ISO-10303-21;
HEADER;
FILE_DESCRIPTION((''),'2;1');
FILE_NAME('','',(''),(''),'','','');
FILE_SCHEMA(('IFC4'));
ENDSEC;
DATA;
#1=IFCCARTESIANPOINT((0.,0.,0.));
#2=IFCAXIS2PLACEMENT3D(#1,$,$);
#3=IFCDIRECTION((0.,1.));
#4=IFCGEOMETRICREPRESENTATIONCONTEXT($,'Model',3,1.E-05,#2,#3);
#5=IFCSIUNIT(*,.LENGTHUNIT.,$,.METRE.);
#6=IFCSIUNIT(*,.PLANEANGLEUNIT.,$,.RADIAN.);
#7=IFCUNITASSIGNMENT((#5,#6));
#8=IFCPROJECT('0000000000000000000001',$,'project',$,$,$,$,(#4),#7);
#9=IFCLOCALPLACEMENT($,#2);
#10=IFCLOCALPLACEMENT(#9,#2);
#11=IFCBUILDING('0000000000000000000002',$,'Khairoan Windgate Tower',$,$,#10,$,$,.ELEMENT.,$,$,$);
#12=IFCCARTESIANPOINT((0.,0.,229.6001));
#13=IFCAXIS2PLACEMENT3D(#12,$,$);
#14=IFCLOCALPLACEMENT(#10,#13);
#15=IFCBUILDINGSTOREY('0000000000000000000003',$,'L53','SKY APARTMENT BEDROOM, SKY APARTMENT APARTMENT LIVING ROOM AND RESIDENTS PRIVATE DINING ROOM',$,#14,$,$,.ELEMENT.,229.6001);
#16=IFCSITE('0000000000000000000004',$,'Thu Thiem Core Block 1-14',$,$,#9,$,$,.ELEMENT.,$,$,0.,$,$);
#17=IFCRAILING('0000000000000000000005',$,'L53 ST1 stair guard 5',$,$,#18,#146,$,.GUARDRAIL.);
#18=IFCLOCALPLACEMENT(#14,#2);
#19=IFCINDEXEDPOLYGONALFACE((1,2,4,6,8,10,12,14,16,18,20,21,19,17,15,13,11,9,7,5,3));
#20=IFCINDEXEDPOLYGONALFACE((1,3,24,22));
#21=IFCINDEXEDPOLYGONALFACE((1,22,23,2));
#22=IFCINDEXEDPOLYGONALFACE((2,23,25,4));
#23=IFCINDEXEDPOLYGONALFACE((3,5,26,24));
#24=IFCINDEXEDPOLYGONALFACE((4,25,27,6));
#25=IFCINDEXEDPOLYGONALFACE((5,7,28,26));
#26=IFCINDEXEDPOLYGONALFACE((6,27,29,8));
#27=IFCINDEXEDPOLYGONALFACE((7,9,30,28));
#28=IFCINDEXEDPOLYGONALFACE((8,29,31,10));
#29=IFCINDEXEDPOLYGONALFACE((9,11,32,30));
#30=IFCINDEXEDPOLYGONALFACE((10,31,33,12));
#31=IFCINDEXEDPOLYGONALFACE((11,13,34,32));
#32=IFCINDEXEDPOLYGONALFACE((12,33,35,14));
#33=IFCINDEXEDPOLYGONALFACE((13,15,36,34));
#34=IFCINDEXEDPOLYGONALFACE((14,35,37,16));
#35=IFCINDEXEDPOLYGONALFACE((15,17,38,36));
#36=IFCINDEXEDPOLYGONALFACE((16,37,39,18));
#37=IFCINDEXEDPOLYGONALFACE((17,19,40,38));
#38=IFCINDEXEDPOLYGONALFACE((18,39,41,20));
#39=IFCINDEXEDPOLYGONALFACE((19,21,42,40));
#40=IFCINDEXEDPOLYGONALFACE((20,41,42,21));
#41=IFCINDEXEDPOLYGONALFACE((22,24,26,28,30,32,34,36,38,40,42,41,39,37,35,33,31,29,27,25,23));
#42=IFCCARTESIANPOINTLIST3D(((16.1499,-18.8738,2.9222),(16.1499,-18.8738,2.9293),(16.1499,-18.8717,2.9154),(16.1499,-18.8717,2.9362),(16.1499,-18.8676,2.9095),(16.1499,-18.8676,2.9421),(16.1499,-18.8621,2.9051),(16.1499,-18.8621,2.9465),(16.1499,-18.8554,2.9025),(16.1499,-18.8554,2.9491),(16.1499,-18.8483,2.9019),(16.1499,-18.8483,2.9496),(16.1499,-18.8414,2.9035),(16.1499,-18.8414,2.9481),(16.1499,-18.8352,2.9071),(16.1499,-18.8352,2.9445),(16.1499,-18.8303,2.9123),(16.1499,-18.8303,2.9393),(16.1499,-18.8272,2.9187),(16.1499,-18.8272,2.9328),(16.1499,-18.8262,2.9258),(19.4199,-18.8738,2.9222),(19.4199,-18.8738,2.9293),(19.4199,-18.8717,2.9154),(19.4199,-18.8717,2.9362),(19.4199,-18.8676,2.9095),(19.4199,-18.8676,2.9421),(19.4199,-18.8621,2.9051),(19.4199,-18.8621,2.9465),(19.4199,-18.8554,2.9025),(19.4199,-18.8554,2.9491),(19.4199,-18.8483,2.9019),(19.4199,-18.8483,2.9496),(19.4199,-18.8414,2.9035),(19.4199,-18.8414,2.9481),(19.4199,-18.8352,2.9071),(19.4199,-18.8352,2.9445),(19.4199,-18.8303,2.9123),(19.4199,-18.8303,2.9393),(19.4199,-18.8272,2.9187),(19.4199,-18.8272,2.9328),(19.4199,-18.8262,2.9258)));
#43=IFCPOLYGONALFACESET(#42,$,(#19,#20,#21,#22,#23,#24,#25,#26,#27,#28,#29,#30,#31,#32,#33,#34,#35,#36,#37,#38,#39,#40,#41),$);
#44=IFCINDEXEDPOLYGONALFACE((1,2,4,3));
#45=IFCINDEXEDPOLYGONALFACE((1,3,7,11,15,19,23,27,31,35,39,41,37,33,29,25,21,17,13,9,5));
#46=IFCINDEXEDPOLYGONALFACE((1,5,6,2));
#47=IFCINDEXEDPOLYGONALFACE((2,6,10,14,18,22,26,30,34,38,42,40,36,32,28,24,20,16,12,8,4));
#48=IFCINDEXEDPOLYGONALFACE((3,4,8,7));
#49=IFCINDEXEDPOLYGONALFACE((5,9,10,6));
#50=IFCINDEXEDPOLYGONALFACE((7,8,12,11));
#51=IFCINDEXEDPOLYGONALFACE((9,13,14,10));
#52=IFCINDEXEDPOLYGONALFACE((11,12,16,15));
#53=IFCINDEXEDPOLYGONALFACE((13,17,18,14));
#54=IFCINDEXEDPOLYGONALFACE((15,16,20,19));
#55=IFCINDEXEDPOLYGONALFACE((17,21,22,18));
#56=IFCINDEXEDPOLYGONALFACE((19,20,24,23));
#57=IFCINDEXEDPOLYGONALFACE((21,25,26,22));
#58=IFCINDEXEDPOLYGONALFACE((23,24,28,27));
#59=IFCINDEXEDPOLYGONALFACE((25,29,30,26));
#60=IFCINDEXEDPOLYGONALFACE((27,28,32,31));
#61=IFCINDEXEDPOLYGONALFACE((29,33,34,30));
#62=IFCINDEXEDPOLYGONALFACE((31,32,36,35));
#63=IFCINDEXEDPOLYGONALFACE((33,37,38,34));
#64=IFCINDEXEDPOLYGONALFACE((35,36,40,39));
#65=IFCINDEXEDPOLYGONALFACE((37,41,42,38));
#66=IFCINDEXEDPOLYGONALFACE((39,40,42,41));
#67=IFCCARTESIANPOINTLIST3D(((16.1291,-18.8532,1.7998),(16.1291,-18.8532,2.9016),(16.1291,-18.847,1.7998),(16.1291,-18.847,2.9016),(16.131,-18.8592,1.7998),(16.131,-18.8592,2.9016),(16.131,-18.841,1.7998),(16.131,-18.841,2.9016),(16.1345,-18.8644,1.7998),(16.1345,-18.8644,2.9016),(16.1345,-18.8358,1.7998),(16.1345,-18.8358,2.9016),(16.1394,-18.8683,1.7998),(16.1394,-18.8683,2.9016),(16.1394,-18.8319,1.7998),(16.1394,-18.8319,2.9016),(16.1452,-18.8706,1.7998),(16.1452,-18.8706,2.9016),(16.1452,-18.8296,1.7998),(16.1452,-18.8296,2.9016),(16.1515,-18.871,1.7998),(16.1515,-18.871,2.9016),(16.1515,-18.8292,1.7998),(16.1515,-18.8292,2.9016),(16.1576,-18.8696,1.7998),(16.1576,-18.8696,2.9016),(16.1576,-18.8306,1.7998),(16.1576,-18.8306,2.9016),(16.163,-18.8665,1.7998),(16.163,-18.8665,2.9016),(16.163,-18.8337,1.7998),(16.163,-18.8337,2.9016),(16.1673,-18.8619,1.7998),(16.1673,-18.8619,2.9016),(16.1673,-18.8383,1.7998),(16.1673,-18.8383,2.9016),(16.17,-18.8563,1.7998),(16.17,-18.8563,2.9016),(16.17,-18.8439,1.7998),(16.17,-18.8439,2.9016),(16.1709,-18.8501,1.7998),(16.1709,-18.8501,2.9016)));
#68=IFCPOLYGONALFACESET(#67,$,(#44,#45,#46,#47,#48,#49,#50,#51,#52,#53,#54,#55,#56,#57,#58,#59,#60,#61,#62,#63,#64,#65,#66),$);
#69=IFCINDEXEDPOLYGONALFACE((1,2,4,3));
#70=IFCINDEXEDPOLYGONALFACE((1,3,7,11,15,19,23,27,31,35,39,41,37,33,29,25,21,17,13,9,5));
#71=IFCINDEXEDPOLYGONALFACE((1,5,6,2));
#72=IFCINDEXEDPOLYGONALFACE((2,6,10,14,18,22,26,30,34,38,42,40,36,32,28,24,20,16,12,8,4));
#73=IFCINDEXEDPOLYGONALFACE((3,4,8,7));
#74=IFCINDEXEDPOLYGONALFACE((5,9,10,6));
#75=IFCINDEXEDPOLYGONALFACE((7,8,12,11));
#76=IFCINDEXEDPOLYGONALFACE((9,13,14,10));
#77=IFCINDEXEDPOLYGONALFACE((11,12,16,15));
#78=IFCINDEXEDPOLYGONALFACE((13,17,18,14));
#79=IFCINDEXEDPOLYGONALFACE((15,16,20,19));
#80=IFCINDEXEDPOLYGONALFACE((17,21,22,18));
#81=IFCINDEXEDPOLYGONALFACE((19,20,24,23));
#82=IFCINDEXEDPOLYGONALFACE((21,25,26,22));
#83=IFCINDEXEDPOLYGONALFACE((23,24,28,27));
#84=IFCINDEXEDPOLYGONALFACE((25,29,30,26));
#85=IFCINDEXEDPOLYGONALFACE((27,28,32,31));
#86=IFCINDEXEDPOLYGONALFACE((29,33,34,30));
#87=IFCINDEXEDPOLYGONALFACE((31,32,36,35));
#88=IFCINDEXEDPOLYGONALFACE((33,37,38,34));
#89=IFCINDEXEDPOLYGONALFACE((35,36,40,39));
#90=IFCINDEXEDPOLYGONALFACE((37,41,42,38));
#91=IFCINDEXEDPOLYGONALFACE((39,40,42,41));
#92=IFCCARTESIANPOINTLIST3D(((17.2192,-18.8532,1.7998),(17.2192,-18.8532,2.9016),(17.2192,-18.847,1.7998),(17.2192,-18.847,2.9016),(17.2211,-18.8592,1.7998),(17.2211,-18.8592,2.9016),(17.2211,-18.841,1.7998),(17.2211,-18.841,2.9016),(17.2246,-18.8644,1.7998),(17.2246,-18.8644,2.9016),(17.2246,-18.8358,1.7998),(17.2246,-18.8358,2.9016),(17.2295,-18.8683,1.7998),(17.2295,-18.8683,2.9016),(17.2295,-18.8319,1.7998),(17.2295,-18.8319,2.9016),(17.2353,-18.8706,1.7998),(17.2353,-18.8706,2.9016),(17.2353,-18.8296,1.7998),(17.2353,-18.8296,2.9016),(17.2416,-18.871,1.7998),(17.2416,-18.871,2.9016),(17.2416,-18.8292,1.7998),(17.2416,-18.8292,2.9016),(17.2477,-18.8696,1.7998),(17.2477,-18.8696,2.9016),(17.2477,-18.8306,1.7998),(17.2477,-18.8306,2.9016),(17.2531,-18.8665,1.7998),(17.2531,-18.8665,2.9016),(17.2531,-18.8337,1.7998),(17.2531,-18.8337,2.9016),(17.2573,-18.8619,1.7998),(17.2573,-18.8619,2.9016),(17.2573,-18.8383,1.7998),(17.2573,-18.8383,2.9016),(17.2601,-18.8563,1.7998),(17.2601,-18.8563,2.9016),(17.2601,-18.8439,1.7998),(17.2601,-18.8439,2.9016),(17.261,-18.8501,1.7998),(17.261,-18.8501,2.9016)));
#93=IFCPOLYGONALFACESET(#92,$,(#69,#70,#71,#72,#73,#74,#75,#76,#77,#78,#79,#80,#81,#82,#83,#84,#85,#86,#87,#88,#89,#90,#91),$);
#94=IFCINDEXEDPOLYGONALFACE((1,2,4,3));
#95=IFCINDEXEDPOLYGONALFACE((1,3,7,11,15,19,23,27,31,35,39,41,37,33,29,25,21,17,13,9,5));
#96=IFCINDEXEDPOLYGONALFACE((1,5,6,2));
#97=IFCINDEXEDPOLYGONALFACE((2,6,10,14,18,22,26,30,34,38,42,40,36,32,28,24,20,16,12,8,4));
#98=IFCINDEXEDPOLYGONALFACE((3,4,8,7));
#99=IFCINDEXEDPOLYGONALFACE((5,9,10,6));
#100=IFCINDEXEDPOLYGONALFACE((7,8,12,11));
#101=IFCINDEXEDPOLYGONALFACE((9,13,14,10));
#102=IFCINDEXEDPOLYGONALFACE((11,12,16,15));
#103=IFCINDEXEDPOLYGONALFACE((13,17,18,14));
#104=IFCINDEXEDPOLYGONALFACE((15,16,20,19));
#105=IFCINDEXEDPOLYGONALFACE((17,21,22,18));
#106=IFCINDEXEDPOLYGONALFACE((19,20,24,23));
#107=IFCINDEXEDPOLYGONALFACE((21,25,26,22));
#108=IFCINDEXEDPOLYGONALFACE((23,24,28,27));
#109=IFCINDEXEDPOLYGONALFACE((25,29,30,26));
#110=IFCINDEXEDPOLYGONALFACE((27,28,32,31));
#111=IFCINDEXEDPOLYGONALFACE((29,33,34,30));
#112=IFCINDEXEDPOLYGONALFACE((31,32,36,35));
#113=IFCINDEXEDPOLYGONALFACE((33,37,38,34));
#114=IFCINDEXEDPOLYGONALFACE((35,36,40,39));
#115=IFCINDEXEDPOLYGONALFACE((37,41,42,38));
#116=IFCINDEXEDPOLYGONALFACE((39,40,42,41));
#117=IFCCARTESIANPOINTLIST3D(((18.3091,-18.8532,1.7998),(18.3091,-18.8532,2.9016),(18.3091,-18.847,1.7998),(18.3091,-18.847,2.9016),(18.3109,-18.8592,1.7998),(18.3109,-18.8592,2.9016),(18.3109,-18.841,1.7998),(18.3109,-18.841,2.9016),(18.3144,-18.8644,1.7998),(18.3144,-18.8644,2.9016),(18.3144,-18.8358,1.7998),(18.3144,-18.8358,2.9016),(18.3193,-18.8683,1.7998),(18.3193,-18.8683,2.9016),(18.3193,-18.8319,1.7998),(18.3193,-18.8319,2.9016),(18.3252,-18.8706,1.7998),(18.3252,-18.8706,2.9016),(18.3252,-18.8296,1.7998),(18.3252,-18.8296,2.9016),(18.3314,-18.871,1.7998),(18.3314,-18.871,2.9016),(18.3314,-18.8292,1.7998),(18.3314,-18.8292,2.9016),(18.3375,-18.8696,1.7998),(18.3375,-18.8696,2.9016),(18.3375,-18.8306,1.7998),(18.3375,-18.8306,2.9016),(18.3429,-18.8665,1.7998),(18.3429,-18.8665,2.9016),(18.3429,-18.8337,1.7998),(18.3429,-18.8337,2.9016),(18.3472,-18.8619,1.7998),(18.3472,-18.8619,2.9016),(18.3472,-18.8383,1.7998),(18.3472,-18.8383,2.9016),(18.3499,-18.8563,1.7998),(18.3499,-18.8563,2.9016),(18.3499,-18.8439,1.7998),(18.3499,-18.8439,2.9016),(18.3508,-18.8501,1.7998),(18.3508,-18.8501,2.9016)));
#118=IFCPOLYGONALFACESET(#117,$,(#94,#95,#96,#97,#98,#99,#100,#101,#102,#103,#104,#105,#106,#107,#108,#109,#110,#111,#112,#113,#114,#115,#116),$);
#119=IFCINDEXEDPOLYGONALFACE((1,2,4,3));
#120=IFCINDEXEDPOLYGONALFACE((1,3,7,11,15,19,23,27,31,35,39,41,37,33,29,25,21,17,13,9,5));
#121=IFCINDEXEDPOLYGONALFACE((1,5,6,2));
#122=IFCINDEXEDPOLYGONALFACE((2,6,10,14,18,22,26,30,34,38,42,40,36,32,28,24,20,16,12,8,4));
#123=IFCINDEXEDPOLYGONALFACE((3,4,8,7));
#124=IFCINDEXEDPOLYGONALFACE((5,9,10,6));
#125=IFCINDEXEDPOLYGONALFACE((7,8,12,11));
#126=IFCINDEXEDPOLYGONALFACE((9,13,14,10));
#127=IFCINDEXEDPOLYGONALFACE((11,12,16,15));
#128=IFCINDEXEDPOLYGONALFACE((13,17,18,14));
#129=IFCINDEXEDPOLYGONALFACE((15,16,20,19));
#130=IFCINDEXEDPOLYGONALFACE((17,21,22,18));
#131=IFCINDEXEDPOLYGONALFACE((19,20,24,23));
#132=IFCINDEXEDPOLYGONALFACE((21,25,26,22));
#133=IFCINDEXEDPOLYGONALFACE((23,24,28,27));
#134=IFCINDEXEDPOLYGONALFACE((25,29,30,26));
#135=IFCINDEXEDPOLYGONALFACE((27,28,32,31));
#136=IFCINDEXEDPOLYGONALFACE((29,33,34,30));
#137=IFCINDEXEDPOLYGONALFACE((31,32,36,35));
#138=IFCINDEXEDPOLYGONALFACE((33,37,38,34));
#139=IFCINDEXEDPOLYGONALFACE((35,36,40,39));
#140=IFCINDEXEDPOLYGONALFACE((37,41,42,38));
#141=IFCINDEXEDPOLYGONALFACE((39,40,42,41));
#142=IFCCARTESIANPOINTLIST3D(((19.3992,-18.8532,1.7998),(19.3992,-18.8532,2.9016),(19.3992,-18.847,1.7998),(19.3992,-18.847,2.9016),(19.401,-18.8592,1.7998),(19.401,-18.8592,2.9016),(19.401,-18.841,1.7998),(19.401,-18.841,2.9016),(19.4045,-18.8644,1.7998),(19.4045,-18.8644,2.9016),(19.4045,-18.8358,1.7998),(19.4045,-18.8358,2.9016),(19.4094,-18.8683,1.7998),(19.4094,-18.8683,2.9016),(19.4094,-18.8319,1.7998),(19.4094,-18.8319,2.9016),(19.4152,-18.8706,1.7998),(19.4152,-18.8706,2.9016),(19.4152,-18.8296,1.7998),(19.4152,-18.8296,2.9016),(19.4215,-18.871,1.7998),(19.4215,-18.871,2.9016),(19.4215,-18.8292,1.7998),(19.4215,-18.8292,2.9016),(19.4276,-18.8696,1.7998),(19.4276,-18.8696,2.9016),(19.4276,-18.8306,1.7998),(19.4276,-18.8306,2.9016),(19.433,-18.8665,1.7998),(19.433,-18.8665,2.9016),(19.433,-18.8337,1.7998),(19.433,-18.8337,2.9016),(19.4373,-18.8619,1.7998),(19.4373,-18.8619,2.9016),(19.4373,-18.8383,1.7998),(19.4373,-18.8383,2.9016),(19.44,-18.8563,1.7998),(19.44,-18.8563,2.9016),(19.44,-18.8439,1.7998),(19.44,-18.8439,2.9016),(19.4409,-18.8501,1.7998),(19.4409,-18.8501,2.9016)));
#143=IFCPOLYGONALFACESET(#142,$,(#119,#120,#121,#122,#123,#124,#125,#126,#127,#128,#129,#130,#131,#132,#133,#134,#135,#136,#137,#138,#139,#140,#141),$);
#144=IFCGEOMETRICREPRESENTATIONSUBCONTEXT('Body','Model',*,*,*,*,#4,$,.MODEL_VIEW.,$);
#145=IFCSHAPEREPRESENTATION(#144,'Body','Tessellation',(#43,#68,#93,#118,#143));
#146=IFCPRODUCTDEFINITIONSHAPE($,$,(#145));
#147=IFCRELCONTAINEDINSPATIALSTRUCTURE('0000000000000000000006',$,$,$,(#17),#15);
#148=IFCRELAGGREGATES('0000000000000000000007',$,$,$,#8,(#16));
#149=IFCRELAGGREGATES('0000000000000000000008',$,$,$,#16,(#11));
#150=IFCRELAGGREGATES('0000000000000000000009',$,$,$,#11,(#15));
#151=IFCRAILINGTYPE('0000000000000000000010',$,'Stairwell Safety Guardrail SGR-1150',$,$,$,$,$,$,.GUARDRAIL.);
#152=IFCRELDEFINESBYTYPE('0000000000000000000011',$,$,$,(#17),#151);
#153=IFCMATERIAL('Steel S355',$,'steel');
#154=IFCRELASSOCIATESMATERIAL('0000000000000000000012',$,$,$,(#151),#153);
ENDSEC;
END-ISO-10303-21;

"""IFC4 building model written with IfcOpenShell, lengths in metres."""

from ifc_helpers import new_model, si_unit, direction, frame, origin, origin_2d, place, context, subcontext, project, spatial, circle, extrude, material, type_object, element, save


model = new_model("IFC4")

# Units and contexts
model_context = context("Model", 3, precision=1e-05, world=origin(), true_north=direction((0.0, 1.0)))
body_context = subcontext(model_context, "Body", "Model", "MODEL_VIEW")
ifc_project = project(units=[si_unit("LENGTHUNIT", "METRE"), si_unit("PLANEANGLEUNIT", "RADIAN")], contexts=[model_context])

# Site, building, storey
site_placement = place(None, origin())
site = spatial("IfcSite", under=ifc_project, at=site_placement, Name="Thu Thiem Core Block 1-14", CompositionType="ELEMENT", RefElevation=0.0)
building_placement = place(site_placement, origin())
building = spatial("IfcBuilding", under=site, at=building_placement, Name="Khairoan Windgate Tower", CompositionType="ELEMENT")
storey_placement = place(building_placement, frame((0.0, 0.0, 229.6001)))
storey = spatial("IfcBuildingStorey", under=building, at=storey_placement, Name="L53", Description="SKY APARTMENT BEDROOM, SKY APARTMENT APARTMENT LIVING ROOM AND RESIDENTS PRIVATE DINING ROOM", CompositionType="ELEMENT", Elevation=229.6001)

# Railing
ifc_material_1 = material(Name="Steel S355", Category="steel")
railing_type = type_object("IfcRailingType", Name="Stairwell Safety Guardrail SGR-1150", PredefinedType="GUARDRAIL", material=ifc_material_1)
railing_1_placement = place(storey_placement, frame((16.1499, -18.8501, 1.7998)))
element("IfcRailing", 1, at=railing_1_placement, inside=storey, type_object=railing_type, Name="L53 ST1 stair guard 5", PredefinedType="GUARDRAIL", context=body_context, shape_type="SweptSolid", body=[
    extrude(circle(Radius=0.0239, at=origin_2d()), frame((0.0, 0.0, 1.126), z_axis=(1.0, 0.0, 0.0), x_axis=(0.0, 1.0, 0.0)), (0.0, 0.0, 1.0), 3.27),
    extrude(circle(Radius=0.021, at=origin_2d()), origin(), (0.0, 0.0, 1.0), 1.1018),
    extrude(circle(Radius=0.021, at=origin_2d()), frame((1.0901, 0.0, 0.0)), (0.0, 0.0, 1.0), 1.1018),
    extrude(circle(Radius=0.021, at=origin_2d()), frame((2.1799, 0.0, 0.0)), (0.0, 0.0, 1.0), 1.1018),
    extrude(circle(Radius=0.021, at=origin_2d()), frame((3.27, 0.0, 0.0)), (0.0, 0.0, 1.0), 1.1018),
])

save(model, "model.ifc")
